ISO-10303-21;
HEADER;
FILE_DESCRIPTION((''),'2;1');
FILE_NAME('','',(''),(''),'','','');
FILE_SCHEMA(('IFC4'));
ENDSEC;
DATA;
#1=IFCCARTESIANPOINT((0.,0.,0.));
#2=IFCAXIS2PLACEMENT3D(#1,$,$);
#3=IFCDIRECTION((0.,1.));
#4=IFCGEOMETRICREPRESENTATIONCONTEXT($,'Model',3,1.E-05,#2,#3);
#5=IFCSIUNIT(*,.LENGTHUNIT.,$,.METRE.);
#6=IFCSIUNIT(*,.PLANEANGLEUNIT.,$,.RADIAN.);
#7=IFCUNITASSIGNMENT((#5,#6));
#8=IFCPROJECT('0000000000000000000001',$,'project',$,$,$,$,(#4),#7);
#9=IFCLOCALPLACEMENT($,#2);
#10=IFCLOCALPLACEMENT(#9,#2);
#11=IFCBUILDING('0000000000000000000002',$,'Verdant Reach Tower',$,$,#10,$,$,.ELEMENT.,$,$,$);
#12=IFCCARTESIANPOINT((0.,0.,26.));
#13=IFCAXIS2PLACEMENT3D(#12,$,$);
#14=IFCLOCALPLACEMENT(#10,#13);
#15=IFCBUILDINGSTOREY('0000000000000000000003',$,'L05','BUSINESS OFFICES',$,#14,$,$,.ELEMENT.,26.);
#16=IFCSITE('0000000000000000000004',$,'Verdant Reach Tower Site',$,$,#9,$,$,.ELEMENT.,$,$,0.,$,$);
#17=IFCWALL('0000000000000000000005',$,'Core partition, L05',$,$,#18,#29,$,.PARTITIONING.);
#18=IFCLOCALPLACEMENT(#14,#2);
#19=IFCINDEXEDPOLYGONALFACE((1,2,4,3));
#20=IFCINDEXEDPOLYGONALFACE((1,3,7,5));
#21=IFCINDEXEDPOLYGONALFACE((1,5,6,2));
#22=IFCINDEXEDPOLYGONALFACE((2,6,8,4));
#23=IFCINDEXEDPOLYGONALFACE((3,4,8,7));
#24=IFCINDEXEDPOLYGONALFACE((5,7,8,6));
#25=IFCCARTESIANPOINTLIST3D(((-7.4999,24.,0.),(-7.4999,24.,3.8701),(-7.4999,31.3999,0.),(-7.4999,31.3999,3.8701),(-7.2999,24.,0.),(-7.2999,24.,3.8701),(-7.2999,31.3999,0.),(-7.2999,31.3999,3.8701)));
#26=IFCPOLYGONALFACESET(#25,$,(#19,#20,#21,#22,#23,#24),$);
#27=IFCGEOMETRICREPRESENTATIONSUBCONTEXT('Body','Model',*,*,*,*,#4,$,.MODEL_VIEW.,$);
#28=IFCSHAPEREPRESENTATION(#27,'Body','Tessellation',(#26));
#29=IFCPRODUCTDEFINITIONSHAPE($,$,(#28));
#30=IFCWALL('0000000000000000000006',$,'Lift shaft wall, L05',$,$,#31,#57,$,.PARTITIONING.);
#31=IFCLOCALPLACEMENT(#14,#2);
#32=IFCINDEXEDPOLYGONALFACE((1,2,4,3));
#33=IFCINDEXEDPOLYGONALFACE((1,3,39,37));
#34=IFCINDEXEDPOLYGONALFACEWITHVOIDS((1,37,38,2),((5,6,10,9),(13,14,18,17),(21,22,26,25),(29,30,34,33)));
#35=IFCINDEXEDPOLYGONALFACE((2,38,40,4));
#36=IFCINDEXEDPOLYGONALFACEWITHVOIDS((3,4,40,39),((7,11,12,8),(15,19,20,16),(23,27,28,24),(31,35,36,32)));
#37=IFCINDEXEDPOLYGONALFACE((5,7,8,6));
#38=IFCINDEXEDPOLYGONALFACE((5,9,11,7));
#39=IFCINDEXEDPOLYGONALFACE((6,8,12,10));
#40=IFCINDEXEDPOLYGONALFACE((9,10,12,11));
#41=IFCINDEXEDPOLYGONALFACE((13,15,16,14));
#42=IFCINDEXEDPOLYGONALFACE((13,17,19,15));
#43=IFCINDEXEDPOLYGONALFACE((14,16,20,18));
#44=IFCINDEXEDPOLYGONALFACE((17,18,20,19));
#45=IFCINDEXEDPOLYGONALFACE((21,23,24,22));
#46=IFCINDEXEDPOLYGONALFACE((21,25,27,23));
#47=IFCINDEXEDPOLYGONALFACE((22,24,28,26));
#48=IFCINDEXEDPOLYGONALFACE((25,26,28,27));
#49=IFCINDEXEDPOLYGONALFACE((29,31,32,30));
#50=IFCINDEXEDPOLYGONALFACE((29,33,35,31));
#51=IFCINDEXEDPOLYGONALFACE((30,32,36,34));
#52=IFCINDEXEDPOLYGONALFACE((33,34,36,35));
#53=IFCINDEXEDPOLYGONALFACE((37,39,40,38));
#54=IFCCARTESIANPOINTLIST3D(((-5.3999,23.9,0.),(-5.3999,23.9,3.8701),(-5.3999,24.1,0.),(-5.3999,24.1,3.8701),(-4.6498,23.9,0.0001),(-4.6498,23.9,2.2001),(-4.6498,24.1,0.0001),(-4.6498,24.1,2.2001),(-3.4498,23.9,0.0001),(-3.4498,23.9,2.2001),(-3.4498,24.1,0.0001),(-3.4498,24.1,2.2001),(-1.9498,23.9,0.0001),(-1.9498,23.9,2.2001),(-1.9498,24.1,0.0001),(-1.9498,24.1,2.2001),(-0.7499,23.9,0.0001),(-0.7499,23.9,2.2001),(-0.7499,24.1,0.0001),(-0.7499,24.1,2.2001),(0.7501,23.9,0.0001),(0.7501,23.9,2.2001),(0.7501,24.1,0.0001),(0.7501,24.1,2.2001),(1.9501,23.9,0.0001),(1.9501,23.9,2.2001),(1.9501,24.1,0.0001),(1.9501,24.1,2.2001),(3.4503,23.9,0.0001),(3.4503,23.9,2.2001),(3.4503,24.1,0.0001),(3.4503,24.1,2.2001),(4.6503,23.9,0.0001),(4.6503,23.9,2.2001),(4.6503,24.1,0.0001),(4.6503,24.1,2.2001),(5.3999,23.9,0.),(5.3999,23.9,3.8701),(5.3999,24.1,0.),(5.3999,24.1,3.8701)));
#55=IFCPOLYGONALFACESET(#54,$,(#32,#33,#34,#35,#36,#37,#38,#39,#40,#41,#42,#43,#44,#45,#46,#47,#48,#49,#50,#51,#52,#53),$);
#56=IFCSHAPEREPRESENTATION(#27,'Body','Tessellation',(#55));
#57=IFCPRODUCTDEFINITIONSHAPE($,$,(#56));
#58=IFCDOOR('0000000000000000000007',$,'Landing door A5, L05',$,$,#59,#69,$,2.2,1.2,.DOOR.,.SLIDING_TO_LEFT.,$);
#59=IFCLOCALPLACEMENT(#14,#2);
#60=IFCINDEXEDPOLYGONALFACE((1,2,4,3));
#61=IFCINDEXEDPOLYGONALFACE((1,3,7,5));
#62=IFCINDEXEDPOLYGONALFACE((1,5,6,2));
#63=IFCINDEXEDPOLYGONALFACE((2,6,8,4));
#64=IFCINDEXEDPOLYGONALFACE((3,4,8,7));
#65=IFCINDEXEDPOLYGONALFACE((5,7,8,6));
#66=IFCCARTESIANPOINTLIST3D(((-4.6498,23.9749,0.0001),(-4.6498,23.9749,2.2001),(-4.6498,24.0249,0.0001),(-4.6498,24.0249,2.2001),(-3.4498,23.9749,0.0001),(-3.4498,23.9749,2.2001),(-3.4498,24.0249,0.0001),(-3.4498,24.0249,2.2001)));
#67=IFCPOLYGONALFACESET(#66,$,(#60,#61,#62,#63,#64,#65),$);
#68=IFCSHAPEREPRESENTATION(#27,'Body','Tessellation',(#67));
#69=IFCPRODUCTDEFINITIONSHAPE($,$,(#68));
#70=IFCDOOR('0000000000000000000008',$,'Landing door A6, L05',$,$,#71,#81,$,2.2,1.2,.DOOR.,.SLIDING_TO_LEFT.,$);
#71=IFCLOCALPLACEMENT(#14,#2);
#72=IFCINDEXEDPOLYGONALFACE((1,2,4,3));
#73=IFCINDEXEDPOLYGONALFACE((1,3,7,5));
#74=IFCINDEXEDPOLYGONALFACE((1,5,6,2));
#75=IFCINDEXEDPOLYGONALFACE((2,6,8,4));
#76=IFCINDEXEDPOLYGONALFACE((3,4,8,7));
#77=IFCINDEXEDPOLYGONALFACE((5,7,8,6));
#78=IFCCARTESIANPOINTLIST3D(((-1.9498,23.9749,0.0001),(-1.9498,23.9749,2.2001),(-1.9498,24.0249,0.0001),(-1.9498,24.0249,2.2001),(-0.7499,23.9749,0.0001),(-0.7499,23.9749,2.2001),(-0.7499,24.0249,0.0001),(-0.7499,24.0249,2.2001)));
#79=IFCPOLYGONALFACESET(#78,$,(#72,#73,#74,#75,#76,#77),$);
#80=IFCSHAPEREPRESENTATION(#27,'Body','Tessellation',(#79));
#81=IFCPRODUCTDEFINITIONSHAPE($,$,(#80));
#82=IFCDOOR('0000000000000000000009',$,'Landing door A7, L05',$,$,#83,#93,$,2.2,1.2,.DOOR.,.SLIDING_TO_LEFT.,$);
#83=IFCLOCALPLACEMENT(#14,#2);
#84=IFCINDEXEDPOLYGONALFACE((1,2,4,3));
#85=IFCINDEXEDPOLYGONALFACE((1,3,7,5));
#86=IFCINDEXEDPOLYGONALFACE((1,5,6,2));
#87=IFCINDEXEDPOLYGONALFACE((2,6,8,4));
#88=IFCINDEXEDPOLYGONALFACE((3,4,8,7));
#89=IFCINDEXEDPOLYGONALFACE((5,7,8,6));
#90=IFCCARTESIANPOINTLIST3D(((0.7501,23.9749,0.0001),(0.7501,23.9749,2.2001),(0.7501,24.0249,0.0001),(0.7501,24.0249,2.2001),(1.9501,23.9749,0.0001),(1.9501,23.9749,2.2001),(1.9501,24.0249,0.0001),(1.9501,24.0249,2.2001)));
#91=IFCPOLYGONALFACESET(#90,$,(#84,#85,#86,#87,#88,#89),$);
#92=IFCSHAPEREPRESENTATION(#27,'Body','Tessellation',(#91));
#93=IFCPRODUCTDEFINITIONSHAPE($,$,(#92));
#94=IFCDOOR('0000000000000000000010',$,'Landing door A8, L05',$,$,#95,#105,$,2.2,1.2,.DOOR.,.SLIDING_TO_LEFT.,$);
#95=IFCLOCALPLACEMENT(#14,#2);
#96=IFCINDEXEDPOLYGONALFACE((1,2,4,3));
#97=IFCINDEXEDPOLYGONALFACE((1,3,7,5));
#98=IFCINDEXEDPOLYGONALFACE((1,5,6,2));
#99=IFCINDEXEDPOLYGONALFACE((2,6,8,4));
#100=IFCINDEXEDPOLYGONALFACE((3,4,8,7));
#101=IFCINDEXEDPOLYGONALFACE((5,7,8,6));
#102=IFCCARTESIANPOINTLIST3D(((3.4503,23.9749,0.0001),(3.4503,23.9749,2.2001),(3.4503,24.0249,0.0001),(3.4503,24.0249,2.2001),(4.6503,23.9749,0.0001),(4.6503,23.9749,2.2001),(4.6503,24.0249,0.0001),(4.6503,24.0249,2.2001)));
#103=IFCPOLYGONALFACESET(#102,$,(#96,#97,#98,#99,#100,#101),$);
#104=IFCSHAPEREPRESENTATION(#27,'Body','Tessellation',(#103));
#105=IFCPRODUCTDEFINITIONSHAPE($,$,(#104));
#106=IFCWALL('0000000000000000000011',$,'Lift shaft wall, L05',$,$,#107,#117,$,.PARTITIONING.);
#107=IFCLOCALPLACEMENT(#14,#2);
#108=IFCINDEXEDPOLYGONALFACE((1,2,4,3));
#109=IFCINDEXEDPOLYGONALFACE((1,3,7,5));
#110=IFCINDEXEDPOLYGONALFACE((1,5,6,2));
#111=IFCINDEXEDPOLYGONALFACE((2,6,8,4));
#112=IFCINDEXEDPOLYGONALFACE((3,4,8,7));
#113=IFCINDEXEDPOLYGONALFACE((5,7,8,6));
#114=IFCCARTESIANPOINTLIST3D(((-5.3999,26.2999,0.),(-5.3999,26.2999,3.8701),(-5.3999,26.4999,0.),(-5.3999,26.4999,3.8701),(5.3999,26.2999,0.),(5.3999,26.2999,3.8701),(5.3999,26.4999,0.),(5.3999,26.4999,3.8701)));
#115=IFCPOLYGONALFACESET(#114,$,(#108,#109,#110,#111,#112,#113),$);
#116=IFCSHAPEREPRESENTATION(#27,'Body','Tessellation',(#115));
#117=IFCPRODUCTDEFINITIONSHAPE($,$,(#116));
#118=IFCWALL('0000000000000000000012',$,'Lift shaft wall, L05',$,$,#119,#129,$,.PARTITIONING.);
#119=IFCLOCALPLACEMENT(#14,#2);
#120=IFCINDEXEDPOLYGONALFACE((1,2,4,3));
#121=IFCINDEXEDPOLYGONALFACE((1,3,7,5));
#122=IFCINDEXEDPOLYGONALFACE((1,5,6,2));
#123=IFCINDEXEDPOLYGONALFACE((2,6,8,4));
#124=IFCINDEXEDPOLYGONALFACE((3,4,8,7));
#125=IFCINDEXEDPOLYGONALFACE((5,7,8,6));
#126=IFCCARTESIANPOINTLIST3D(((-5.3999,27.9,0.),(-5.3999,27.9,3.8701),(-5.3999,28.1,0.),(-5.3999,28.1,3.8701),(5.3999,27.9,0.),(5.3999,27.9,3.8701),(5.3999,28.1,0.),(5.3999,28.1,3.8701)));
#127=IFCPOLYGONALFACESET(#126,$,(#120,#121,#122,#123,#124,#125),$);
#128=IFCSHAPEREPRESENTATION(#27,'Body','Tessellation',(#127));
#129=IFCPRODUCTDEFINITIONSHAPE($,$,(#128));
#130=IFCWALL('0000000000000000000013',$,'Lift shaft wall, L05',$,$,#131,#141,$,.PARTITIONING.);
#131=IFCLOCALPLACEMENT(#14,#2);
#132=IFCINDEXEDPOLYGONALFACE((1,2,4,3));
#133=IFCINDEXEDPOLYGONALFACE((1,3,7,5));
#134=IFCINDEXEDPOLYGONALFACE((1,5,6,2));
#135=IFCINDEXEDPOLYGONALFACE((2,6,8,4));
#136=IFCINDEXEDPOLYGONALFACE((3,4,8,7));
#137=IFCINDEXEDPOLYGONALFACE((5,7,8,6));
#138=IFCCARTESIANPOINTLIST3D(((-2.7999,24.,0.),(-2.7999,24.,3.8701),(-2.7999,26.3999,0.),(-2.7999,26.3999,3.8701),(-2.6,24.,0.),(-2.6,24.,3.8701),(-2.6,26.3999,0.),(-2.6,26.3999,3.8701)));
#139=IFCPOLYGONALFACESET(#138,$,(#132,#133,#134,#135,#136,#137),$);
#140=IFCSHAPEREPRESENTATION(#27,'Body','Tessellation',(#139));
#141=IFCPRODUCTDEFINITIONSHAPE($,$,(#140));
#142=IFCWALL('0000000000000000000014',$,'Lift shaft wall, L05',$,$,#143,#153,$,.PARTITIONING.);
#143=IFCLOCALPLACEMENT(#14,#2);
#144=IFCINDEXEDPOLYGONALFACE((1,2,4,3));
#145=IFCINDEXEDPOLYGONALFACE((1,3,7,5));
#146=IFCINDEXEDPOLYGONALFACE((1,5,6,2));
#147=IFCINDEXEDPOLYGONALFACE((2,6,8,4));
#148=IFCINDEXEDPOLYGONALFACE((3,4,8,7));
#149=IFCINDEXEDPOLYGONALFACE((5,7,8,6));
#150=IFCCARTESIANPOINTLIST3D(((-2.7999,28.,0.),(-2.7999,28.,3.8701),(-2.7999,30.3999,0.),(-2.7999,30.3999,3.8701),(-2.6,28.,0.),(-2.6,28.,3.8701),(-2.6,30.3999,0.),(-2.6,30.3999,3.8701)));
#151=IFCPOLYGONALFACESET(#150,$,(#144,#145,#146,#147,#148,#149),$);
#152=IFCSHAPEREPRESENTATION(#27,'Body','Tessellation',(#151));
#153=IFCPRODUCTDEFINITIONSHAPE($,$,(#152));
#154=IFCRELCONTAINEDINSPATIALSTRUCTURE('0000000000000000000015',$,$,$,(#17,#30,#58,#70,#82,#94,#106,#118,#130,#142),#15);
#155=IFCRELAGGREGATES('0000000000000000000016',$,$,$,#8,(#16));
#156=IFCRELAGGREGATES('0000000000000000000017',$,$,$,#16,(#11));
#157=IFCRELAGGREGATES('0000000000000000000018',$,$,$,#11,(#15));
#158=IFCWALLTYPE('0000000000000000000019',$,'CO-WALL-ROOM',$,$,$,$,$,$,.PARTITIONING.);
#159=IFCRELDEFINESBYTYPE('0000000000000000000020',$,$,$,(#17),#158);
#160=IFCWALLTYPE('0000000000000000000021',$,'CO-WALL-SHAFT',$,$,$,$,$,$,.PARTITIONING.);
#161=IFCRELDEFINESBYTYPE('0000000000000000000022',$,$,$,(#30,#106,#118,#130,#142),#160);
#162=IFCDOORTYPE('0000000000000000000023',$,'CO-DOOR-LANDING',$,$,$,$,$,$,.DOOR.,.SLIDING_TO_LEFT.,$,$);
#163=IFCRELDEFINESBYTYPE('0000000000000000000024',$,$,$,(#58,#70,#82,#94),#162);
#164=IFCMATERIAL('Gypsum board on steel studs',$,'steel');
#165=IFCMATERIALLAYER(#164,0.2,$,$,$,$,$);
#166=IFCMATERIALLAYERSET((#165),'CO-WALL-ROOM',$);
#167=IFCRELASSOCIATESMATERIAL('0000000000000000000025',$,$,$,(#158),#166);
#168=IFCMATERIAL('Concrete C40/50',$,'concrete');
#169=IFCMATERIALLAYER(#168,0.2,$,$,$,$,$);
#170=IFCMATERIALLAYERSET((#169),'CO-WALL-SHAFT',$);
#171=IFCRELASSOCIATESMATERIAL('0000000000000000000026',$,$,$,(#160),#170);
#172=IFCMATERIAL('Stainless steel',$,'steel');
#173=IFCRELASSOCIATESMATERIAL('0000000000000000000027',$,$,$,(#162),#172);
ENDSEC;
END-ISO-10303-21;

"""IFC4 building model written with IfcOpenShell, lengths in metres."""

from ifc_helpers import new_model, si_unit, direction, frame, frame_2d, origin, place, context, subcontext, project, spatial, rectangle, extrude, material, layer, layer_set, type_object, element, fill, save


model = new_model("IFC4")

# Units and contexts
model_context = context("Model", 3, precision=1e-05, world=origin(), true_north=direction((0.0, 1.0)))
body_context = subcontext(model_context, "Body", "Model", "MODEL_VIEW")
ifc_project = project(units=[si_unit("LENGTHUNIT", "METRE"), si_unit("PLANEANGLEUNIT", "RADIAN")], contexts=[model_context])

# Site, building, storey
site_placement = place(None, origin())
site = spatial("IfcSite", under=ifc_project, at=site_placement, Name="Verdant Reach Tower Site", CompositionType="ELEMENT", RefElevation=0.0)
building_placement = place(site_placement, origin())
building = spatial("IfcBuilding", under=site, at=building_placement, Name="Verdant Reach Tower", CompositionType="ELEMENT")
storey_placement = place(building_placement, frame((0.0, 0.0, 26.0)))
storey = spatial("IfcBuildingStorey", under=building, at=storey_placement, Name="L05", Description="BUSINESS OFFICES", CompositionType="ELEMENT", Elevation=26.0)

# Wall
ifc_material_1 = material(Name="Gypsum board on steel studs", Category="steel")
ifc_layer_1 = layer(ifc_material_1, 0.2)
ifc_layer_set_1 = layer_set([ifc_layer_1], Name="CO-WALL-ROOM")
wall_type_1 = type_object("IfcWallType", Name="CO-WALL-ROOM", PredefinedType="PARTITIONING", material=ifc_layer_set_1)
wall_1_placement = place(storey_placement, frame((-7.3999, 24.0, 0.0), z_axis=(0.0, 0.0, 1.0), x_axis=(0.0, 1.0, 0.0)))
element("IfcWall", 1, at=wall_1_placement, inside=storey, type_object=wall_type_1, Name="Core partition, L05", PredefinedType="PARTITIONING", context=body_context, shape_type="SweptSolid", body=[
    extrude(rectangle(XDim=7.3999, YDim=0.2, at=frame_2d((3.7, 0.0))), origin(), (0.0, 0.0, 1.0), 3.8701),
])

# Wall, openings, doors
ifc_material_2 = material(Name="Concrete C40/50", Category="concrete")
ifc_layer_2 = layer(ifc_material_2, 0.2)
ifc_layer_set_2 = layer_set([ifc_layer_2], Name="CO-WALL-SHAFT")
wall_type_2 = type_object("IfcWallType", Name="CO-WALL-SHAFT", PredefinedType="PARTITIONING", material=ifc_layer_set_2)
wall_2_placement = place(storey_placement, frame((-5.3999, 24.0, 0.0), z_axis=(0.0, 0.0, 1.0), x_axis=(1.0, 0.0, 0.0)))
wall_2 = element("IfcWall", 2, at=wall_2_placement, inside=storey, type_object=wall_type_2, Name="Lift shaft wall, L05", PredefinedType="PARTITIONING", context=body_context, shape_type="SweptSolid", body=[
    extrude(rectangle(XDim=10.7998, YDim=0.2, at=frame_2d((5.3999, 0.0))), origin(), (0.0, 0.0, 1.0), 3.8701),
])
opening_1_placement = place(wall_2_placement, frame((0.75, 0.0, 0.0)))
opening_1 = element("IfcOpeningElement", 3, at=opening_1_placement, cuts=wall_2, PredefinedType="OPENING", context=body_context, shape_type="SweptSolid", body=[
    extrude(rectangle(XDim=1.2, YDim=2.2, at=frame_2d((0.6001, 1.1001))), frame((0.0, 0.1099, 0.0), z_axis=(0.0, -1.0, 0.0), x_axis=(1.0, 0.0, 0.0)), (0.0, 0.0, 1.0), 0.22),
])
opening_2_placement = place(wall_2_placement, frame((3.45, 0.0, 0.0)))
opening_2 = element("IfcOpeningElement", 4, at=opening_2_placement, cuts=wall_2, PredefinedType="OPENING", context=body_context, shape_type="SweptSolid", body=[
    extrude(rectangle(XDim=1.2, YDim=2.2, at=frame_2d((0.6001, 1.1001))), frame((0.0, 0.1099, 0.0), z_axis=(0.0, -1.0, 0.0), x_axis=(1.0, 0.0, 0.0)), (0.0, 0.0, 1.0), 0.22),
])
opening_3_placement = place(wall_2_placement, frame((6.1499, 0.0, 0.0)))
opening_3 = element("IfcOpeningElement", 5, at=opening_3_placement, cuts=wall_2, PredefinedType="OPENING", context=body_context, shape_type="SweptSolid", body=[
    extrude(rectangle(XDim=1.2, YDim=2.2, at=frame_2d((0.6001, 1.1001))), frame((0.0, 0.1099, 0.0), z_axis=(0.0, -1.0, 0.0), x_axis=(1.0, 0.0, 0.0)), (0.0, 0.0, 1.0), 0.22),
])
opening_4_placement = place(wall_2_placement, frame((8.8501, 0.0, 0.0)))
opening_4 = element("IfcOpeningElement", 6, at=opening_4_placement, cuts=wall_2, PredefinedType="OPENING", context=body_context, shape_type="SweptSolid", body=[
    extrude(rectangle(XDim=1.2, YDim=2.2, at=frame_2d((0.6001, 1.1001))), frame((0.0, 0.1099, 0.0), z_axis=(0.0, -1.0, 0.0), x_axis=(1.0, 0.0, 0.0)), (0.0, 0.0, 1.0), 0.22),
])
ifc_material_3 = material(Name="Stainless steel", Category="steel")
door_type_1 = type_object("IfcDoorType", Name="CO-DOOR-LANDING", OperationType="SLIDING_TO_LEFT", PredefinedType="DOOR", material=ifc_material_3)
door_1_placement = place(opening_1_placement, origin())
door_1 = element("IfcDoor", 7, at=door_1_placement, inside=storey, type_object=door_type_1, Name="Landing door A5, L05", OperationType="SLIDING_TO_LEFT", OverallHeight=2.2, OverallWidth=1.2, PredefinedType="DOOR", context=body_context, shape_type="SweptSolid", body=[
    extrude(rectangle(XDim=1.2, YDim=2.2, at=frame_2d((0.6001, 1.1001))), frame((0.0, 0.0249, 0.0), z_axis=(0.0, -1.0, 0.0), x_axis=(1.0, 0.0, 0.0)), (0.0, 0.0, 1.0), 0.05),
])
fill(opening_1, door_1)
door_2_placement = place(opening_2_placement, origin())
door_2 = element("IfcDoor", 8, at=door_2_placement, inside=storey, type_object=door_type_1, Name="Landing door A6, L05", OperationType="SLIDING_TO_LEFT", OverallHeight=2.2, OverallWidth=1.2, PredefinedType="DOOR", context=body_context, shape_type="SweptSolid", body=[
    extrude(rectangle(XDim=1.2, YDim=2.2, at=frame_2d((0.6001, 1.1001))), frame((0.0, 0.0249, 0.0), z_axis=(0.0, -1.0, 0.0), x_axis=(1.0, 0.0, 0.0)), (0.0, 0.0, 1.0), 0.05),
])
fill(opening_2, door_2)
door_3_placement = place(opening_3_placement, origin())
door_3 = element("IfcDoor", 9, at=door_3_placement, inside=storey, type_object=door_type_1, Name="Landing door A7, L05", OperationType="SLIDING_TO_LEFT", OverallHeight=2.2, OverallWidth=1.2, PredefinedType="DOOR", context=body_context, shape_type="SweptSolid", body=[
    extrude(rectangle(XDim=1.2, YDim=2.2, at=frame_2d((0.6001, 1.1001))), frame((0.0, 0.0249, 0.0), z_axis=(0.0, -1.0, 0.0), x_axis=(1.0, 0.0, 0.0)), (0.0, 0.0, 1.0), 0.05),
])
fill(opening_3, door_3)
door_4_placement = place(opening_4_placement, origin())
door_4 = element("IfcDoor", 10, at=door_4_placement, inside=storey, type_object=door_type_1, Name="Landing door A8, L05", OperationType="SLIDING_TO_LEFT", OverallHeight=2.2, OverallWidth=1.2, PredefinedType="DOOR", context=body_context, shape_type="SweptSolid", body=[
    extrude(rectangle(XDim=1.2, YDim=2.2, at=frame_2d((0.6001, 1.1001))), frame((0.0, 0.0249, 0.0), z_axis=(0.0, -1.0, 0.0), x_axis=(1.0, 0.0, 0.0)), (0.0, 0.0, 1.0), 0.05),
])
fill(opening_4, door_4)

# Walls
for number, where, z_axis, x_axis, name in (
    (11, (-5.3999, 26.3999, 0.0), (0.0, 0.0, 1.0), (1.0, 0.0, 0.0), "Lift shaft wall, L05"),
    (12, (-5.3999, 28.0, 0.0), (0.0, 0.0, 1.0), (1.0, 0.0, 0.0), "Lift shaft wall, L05"),
):
    element("IfcWall", number, at=place(storey_placement, frame(where, z_axis=z_axis, x_axis=x_axis)), inside=storey, type_object=wall_type_2, Name=name, PredefinedType="PARTITIONING", context=body_context, shape_type="SweptSolid", body=[
        extrude(rectangle(XDim=10.7998, YDim=0.2, at=frame_2d((5.3999, 0.0))), origin(), (0.0, 0.0, 1.0), 3.8701),
    ])
for number, where, z_axis, x_axis, name in (
    (13, (-2.7, 24.0, 0.0), (0.0, 0.0, 1.0), (0.0, 1.0, 0.0), "Lift shaft wall, L05"),
    (14, (-2.7, 28.0, 0.0), (0.0, 0.0, 1.0), (0.0, 1.0, 0.0), "Lift shaft wall, L05"),
):
    element("IfcWall", number, at=place(storey_placement, frame(where, z_axis=z_axis, x_axis=x_axis)), inside=storey, type_object=wall_type_2, Name=name, PredefinedType="PARTITIONING", context=body_context, shape_type="SweptSolid", body=[
        extrude(rectangle(XDim=2.3999, YDim=0.2, at=frame_2d((1.2, 0.0))), origin(), (0.0, 0.0, 1.0), 3.8701),
    ])

save(model, "model.ifc")
